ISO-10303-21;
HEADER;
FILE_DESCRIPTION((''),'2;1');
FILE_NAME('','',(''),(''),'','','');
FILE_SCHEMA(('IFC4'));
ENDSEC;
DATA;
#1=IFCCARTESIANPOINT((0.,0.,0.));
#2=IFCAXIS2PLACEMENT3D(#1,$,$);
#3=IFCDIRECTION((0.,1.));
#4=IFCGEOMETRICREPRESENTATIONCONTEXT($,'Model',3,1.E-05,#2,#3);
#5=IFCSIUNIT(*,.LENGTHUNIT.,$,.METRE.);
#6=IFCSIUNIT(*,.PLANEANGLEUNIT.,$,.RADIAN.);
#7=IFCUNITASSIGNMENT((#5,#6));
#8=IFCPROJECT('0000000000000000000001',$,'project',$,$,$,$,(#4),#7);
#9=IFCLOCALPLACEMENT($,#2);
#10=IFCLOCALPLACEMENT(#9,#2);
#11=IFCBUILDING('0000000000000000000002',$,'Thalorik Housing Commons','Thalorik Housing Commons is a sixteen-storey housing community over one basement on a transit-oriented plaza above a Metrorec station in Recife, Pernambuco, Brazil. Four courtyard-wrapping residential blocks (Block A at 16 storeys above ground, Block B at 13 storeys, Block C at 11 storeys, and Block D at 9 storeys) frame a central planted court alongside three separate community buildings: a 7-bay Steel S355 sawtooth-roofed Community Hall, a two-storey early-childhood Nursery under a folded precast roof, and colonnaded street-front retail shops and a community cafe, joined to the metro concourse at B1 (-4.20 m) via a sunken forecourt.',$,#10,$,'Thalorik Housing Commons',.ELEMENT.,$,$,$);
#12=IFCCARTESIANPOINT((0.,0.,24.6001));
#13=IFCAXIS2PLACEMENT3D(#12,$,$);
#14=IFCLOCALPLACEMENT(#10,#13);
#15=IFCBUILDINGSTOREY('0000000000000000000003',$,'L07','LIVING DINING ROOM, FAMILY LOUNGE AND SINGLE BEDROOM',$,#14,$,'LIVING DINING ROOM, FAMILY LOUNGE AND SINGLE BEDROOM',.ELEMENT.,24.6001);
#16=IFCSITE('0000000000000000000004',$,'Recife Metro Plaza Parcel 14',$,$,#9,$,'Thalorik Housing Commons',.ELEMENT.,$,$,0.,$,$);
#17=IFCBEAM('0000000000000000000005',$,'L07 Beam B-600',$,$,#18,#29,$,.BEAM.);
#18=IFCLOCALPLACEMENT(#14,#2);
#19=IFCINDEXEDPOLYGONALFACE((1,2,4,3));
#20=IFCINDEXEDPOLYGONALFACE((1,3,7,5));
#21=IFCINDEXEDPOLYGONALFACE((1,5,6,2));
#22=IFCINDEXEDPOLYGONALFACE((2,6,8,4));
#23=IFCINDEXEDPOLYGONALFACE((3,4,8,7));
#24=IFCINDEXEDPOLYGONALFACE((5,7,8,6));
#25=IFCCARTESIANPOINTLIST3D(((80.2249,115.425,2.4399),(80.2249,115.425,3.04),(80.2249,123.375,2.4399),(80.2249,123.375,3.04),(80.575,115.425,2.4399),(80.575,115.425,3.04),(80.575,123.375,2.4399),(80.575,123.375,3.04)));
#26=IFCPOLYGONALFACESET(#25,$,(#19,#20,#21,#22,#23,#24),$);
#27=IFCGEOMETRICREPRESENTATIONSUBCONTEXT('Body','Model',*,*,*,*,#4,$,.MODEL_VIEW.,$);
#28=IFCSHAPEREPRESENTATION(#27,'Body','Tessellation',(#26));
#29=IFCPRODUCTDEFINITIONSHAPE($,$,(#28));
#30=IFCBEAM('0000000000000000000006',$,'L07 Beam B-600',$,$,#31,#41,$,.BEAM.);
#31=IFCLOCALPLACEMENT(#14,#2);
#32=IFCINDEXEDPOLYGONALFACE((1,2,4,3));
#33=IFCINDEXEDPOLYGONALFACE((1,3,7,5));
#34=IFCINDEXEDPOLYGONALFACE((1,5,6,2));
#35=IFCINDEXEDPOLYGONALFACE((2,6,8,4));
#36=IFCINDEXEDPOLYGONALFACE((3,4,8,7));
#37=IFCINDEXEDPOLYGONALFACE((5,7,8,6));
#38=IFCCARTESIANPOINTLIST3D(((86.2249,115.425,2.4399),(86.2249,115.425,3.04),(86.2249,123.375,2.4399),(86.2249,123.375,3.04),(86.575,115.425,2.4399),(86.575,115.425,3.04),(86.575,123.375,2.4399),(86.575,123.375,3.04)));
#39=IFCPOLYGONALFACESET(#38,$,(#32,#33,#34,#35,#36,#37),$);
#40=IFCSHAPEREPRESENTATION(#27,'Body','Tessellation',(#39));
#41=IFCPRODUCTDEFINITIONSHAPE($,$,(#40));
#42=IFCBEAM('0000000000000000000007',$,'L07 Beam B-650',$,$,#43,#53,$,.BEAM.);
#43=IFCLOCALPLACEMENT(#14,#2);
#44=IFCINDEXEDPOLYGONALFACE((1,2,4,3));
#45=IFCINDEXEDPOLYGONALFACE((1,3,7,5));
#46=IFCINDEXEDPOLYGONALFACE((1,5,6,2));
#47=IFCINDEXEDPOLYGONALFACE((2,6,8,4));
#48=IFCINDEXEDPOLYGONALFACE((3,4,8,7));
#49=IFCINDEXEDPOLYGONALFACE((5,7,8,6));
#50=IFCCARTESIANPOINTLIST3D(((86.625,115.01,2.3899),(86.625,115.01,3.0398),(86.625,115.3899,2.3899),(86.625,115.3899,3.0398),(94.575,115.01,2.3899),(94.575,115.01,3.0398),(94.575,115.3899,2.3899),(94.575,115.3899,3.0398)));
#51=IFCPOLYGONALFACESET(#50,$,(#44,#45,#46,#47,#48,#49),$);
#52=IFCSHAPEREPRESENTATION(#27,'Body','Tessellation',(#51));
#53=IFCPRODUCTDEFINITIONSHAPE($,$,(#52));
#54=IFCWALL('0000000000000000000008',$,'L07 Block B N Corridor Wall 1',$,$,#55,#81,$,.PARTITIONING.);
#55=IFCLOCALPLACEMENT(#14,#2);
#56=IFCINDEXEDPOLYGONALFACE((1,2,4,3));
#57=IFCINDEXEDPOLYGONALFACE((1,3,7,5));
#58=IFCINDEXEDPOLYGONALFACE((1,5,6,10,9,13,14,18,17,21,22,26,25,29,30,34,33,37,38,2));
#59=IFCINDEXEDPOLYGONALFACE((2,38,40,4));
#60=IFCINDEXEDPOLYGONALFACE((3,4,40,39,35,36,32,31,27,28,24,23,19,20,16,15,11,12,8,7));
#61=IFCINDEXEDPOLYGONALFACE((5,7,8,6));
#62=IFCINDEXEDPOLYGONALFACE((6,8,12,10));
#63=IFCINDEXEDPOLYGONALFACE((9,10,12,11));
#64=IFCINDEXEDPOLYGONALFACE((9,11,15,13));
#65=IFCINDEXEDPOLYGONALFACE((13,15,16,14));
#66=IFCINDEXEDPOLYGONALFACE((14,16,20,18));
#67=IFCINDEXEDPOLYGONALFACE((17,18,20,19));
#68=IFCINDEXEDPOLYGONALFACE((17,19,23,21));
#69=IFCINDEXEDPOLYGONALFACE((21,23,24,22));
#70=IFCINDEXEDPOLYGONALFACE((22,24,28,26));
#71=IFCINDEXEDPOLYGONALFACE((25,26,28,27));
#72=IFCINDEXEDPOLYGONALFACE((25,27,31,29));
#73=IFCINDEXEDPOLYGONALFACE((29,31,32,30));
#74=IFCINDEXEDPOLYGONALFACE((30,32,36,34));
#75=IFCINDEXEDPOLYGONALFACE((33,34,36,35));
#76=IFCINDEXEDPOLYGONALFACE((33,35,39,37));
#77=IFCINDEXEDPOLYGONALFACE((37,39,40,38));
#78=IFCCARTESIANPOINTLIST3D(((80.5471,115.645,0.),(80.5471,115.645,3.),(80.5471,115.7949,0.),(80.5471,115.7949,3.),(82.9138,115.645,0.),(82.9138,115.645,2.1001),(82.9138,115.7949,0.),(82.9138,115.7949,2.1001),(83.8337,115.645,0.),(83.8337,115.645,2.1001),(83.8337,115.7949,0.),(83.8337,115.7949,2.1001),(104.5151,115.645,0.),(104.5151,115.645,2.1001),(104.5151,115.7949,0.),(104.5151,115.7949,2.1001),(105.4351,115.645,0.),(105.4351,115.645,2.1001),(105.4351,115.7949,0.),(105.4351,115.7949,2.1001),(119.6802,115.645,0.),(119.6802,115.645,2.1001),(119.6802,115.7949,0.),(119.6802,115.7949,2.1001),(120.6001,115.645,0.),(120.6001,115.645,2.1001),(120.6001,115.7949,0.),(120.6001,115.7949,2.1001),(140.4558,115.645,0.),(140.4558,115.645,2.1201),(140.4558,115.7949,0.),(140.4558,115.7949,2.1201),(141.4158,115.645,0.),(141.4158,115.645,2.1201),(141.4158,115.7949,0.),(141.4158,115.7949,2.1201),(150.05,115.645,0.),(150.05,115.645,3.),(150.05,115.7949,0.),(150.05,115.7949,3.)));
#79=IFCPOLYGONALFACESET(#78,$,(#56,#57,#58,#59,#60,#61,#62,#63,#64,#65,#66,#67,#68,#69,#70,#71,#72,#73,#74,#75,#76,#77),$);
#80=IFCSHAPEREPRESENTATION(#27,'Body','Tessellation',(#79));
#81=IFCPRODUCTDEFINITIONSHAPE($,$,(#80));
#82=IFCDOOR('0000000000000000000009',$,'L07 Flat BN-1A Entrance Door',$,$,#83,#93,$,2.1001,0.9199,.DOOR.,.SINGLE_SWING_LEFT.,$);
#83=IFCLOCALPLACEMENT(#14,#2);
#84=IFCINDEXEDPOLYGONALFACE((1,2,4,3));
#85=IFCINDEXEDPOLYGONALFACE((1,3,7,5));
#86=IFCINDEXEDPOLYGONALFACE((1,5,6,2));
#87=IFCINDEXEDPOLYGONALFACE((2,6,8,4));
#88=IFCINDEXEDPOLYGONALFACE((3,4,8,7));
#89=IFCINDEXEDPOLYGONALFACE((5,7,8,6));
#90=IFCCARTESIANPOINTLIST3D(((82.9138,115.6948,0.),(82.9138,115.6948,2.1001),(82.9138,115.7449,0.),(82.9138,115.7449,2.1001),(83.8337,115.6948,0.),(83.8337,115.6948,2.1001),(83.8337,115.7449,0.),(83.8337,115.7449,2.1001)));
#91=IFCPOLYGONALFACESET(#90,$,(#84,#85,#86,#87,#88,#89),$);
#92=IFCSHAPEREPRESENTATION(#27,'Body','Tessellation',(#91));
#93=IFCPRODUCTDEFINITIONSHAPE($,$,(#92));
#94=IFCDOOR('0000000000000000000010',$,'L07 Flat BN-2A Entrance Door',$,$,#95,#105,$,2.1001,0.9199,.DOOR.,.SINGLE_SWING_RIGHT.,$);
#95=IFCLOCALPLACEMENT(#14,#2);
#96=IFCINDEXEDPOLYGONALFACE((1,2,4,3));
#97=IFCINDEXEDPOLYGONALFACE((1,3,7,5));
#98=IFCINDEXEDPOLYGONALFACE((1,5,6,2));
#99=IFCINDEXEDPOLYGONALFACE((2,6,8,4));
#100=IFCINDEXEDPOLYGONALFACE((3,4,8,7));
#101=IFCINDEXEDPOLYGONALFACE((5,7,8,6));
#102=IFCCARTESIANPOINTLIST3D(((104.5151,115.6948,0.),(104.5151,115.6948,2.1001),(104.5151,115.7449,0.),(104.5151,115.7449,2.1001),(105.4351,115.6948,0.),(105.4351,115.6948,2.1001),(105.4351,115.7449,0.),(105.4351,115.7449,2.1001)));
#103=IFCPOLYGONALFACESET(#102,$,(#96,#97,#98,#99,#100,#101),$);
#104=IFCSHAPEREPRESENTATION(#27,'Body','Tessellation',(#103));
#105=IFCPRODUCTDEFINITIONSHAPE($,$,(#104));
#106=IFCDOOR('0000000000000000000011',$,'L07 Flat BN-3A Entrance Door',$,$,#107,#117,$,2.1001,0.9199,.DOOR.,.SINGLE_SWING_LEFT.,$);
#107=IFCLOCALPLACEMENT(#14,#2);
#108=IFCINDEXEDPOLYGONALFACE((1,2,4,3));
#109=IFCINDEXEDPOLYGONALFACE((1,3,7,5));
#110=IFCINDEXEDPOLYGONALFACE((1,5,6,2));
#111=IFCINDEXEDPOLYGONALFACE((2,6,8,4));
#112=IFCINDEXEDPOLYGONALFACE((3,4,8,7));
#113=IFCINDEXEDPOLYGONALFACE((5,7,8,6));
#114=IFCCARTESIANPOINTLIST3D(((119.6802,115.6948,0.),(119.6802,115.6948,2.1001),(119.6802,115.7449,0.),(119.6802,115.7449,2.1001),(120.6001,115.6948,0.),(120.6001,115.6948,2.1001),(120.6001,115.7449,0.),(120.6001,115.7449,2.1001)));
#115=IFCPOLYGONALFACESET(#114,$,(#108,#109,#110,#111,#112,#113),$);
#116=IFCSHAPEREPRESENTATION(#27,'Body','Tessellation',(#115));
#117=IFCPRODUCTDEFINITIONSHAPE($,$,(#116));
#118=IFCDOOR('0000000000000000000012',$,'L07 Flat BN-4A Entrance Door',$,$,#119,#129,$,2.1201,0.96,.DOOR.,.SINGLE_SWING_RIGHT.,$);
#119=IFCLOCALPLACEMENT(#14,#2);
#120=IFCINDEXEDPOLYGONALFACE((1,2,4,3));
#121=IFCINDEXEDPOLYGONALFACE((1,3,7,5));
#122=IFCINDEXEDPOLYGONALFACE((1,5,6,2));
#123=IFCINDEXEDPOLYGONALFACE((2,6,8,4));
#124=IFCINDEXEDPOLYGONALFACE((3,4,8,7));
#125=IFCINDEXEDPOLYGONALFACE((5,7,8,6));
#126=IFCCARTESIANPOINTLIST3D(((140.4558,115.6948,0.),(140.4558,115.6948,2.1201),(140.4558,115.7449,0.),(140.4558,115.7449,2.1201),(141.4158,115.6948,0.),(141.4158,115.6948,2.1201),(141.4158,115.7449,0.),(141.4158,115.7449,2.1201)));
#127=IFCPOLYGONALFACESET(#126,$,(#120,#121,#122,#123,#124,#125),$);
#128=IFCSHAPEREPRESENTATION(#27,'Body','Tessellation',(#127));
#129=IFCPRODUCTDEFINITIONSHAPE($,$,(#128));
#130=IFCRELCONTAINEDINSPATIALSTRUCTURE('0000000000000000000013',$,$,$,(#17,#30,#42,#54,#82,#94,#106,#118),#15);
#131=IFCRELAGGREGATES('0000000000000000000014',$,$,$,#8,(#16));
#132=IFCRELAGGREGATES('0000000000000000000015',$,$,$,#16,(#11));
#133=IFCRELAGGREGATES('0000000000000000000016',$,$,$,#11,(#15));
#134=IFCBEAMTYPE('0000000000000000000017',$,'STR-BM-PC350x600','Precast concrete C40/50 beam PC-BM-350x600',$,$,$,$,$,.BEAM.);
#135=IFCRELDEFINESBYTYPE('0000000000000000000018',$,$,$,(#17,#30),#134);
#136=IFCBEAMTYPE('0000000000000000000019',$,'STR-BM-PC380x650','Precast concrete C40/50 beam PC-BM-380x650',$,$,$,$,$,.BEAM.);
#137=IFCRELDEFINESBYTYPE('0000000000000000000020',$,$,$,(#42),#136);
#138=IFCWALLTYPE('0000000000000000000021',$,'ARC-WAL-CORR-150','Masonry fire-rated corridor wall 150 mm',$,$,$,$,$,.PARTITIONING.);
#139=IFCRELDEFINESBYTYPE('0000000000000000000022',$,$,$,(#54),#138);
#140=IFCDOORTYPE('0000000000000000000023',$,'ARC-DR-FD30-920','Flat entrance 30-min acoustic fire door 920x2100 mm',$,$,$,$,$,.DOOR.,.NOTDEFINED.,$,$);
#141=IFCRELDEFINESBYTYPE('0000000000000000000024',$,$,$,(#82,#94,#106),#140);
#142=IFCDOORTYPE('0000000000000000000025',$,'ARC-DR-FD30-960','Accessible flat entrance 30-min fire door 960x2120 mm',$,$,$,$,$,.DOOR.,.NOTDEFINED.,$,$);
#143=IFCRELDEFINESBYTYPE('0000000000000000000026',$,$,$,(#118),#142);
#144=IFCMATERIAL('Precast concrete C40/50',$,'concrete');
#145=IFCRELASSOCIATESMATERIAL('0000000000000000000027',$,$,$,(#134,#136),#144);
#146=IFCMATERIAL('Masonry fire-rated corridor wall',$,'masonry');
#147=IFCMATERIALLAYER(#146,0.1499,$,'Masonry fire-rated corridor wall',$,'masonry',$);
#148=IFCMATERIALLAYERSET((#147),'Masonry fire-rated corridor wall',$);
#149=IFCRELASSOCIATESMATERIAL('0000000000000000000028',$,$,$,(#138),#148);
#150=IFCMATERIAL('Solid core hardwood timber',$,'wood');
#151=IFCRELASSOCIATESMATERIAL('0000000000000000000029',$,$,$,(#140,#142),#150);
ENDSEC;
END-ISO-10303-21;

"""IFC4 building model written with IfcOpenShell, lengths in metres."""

from ifc_helpers import new_model, si_unit, direction, frame, frame_2d, origin, origin_2d, place, context, subcontext, project, spatial, rectangle, extrude, material, layer, layer_set, material_profile, profile_set, type_object, element, fill, save


model = new_model("IFC4")

# Units and contexts
model_context = context("Model", 3, precision=1e-05, world=origin(), true_north=direction((0.0, 1.0)))
body_context = subcontext(model_context, "Body", "Model", "MODEL_VIEW")
ifc_project = project(units=[si_unit("LENGTHUNIT", "METRE"), si_unit("PLANEANGLEUNIT", "RADIAN")], contexts=[model_context])

# Site, building, storey
site_placement = place(None, origin())
site = spatial("IfcSite", under=ifc_project, at=site_placement, Name="Recife Metro Plaza Parcel 14", LongName="Thalorik Housing Commons", CompositionType="ELEMENT", RefElevation=0.0)
building_placement = place(site_placement, origin())
building = spatial("IfcBuilding", under=site, at=building_placement, Name="Thalorik Housing Commons", Description="Thalorik Housing Commons is a sixteen-storey housing community over one basement on a transit-oriented plaza above a Metrorec station in Recife, Pernambuco, Brazil. Four courtyard-wrapping residential blocks (Block A at 16 storeys above ground, Block B at 13 storeys, Block C at 11 storeys, and Block D at 9 storeys) frame a central planted court alongside three separate community buildings: a 7-bay Steel S355 sawtooth-roofed Community Hall, a two-storey early-childhood Nursery under a folded precast roof, and colonnaded street-front retail shops and a community cafe, joined to the metro concourse at B1 (-4.20 m) via a sunken forecourt.", LongName="Thalorik Housing Commons", CompositionType="ELEMENT")
storey_placement = place(building_placement, frame((0.0, 0.0, 24.6001)))
storey = spatial("IfcBuildingStorey", under=building, at=storey_placement, Name="L07", Description="LIVING DINING ROOM, FAMILY LOUNGE AND SINGLE BEDROOM", LongName="LIVING DINING ROOM, FAMILY LOUNGE AND SINGLE BEDROOM", CompositionType="ELEMENT", Elevation=24.6001)

# Beams
ifc_material_1 = material(Name="Precast concrete C40/50", Category="concrete")
ifc_material_profile_1 = material_profile(ifc_material_1, rectangle(XDim=0.3501, YDim=0.6001, at=origin_2d()), Name="PC 350x600", Category="concrete")
ifc_profile_set_1 = profile_set([ifc_material_profile_1], Name="Precast concrete C40/50")
beam_type_1 = type_object("IfcBeamType", Name="STR-BM-PC350x600", Description="Precast concrete C40/50 beam PC-BM-350x600", PredefinedType="BEAM", material=ifc_profile_set_1)
for number, where, z_axis, x_axis, name in (
    (1, (80.3999, 115.425, 2.74), (0.0, 1.0, 0.0), (-1.0, 0.0, 0.0), "L07 Beam B-600"),
    (2, (86.3999, 115.425, 2.74), (0.0, 1.0, 0.0), (-1.0, 0.0, 0.0), "L07 Beam B-600"),
):
    element("IfcBeam", number, at=place(storey_placement, frame(where, z_axis=z_axis, x_axis=x_axis)), inside=storey, type_object=beam_type_1, Name=name, PredefinedType="BEAM", context=body_context, shape_type="SweptSolid", body=[
        extrude(rectangle(XDim=0.3501, YDim=0.6001, at=origin_2d()), origin(), (0.0, 0.0, 1.0), 7.95),
    ])
ifc_material_profile_2 = material_profile(ifc_material_1, rectangle(XDim=0.3799, YDim=0.6499, at=origin_2d()), Name="PC 380x650", Category="concrete")
ifc_profile_set_2 = profile_set([ifc_material_profile_2], Name="Precast concrete C40/50")
beam_type_2 = type_object("IfcBeamType", Name="STR-BM-PC380x650", Description="Precast concrete C40/50 beam PC-BM-380x650", PredefinedType="BEAM", material=ifc_profile_set_2)
beam_placement = place(storey_placement, frame((86.625, 115.2, 2.7148), z_axis=(1.0, 0.0, 0.0), x_axis=(0.0, 1.0, 0.0)))
element("IfcBeam", 3, at=beam_placement, inside=storey, type_object=beam_type_2, Name="L07 Beam B-650", PredefinedType="BEAM", context=body_context, shape_type="SweptSolid", body=[
    extrude(rectangle(XDim=0.3799, YDim=0.6499, at=origin_2d()), origin(), (0.0, 0.0, 1.0), 7.95),
])

# Wall, openings, doors
ifc_material_2 = material(Name="Masonry fire-rated corridor wall", Category="masonry")
ifc_layer_1 = layer(ifc_material_2, 0.1499, Name="Masonry fire-rated corridor wall", Category="masonry")
ifc_layer_set_1 = layer_set([ifc_layer_1], Name="Masonry fire-rated corridor wall")
wall_type_1 = type_object("IfcWallType", Name="ARC-WAL-CORR-150", Description="Masonry fire-rated corridor wall 150 mm", PredefinedType="PARTITIONING", material=ifc_layer_set_1)
wall_1_placement = place(storey_placement, frame((80.5471, 115.72, 0.0), z_axis=(0.0, 0.0, 1.0), x_axis=(1.0, 0.0, 0.0)))
wall_1 = element("IfcWall", 4, at=wall_1_placement, inside=storey, type_object=wall_type_1, Name="L07 Block B N Corridor Wall 1", PredefinedType="PARTITIONING", context=body_context, shape_type="SweptSolid", body=[
    extrude(rectangle(XDim=69.5029, YDim=0.1499, at=frame_2d((34.7515, 0.0))), origin(), (0.0, 0.0, 1.0), 3.0),
])
opening_1_placement = place(wall_1_placement, frame((2.3667, 0.0, 0.0)))
opening_1 = element("IfcOpeningElement", 5, at=opening_1_placement, cuts=wall_1, PredefinedType="OPENING", context=body_context, shape_type="SweptSolid", body=[
    extrude(rectangle(XDim=0.9199, YDim=2.1001, at=frame_2d((0.46, 1.05))), frame((0.0, 0.085, 0.0), z_axis=(0.0, -1.0, 0.0), x_axis=(1.0, 0.0, 0.0)), (0.0, 0.0, 1.0), 0.1699),
])
opening_2_placement = place(wall_1_placement, frame((23.968, 0.0, 0.0)))
opening_2 = element("IfcOpeningElement", 6, at=opening_2_placement, cuts=wall_1, PredefinedType="OPENING", context=body_context, shape_type="SweptSolid", body=[
    extrude(rectangle(XDim=0.9199, YDim=2.1001, at=frame_2d((0.46, 1.05))), frame((0.0, 0.085, 0.0), z_axis=(0.0, -1.0, 0.0), x_axis=(1.0, 0.0, 0.0)), (0.0, 0.0, 1.0), 0.1699),
])
opening_3_placement = place(wall_1_placement, frame((39.1331, 0.0, 0.0)))
opening_3 = element("IfcOpeningElement", 7, at=opening_3_placement, cuts=wall_1, PredefinedType="OPENING", context=body_context, shape_type="SweptSolid", body=[
    extrude(rectangle(XDim=0.9199, YDim=2.1001, at=frame_2d((0.46, 1.05))), frame((0.0, 0.085, 0.0), z_axis=(0.0, -1.0, 0.0), x_axis=(1.0, 0.0, 0.0)), (0.0, 0.0, 1.0), 0.1699),
])
opening_4_placement = place(wall_1_placement, frame((59.9087, 0.0, 0.0)))
opening_4 = element("IfcOpeningElement", 8, at=opening_4_placement, cuts=wall_1, PredefinedType="OPENING", context=body_context, shape_type="SweptSolid", body=[
    extrude(rectangle(XDim=0.96, YDim=2.1201, at=frame_2d((0.48, 1.0601))), frame((0.0, 0.085, 0.0), z_axis=(0.0, -1.0, 0.0), x_axis=(1.0, 0.0, 0.0)), (0.0, 0.0, 1.0), 0.1699),
])
ifc_material_3 = material(Name="Solid core hardwood timber", Category="wood")
door_type_1 = type_object("IfcDoorType", Name="ARC-DR-FD30-920", Description="Flat entrance 30-min acoustic fire door 920x2100 mm", OperationType="NOTDEFINED", PredefinedType="DOOR", material=ifc_material_3)
door_1_placement = place(opening_1_placement, origin())
door_1 = element("IfcDoor", 9, at=door_1_placement, inside=storey, type_object=door_type_1, Name="L07 Flat BN-1A Entrance Door", OperationType="SINGLE_SWING_LEFT", OverallHeight=2.1001, OverallWidth=0.9199, PredefinedType="DOOR", context=body_context, shape_type="SweptSolid", body=[
    extrude(rectangle(XDim=0.9199, YDim=2.1001, at=frame_2d((0.46, 1.05))), frame((0.0, 0.0249, 0.0), z_axis=(0.0, -1.0, 0.0), x_axis=(1.0, 0.0, 0.0)), (0.0, 0.0, 1.0), 0.05),
])
fill(opening_1, door_1)
door_2_placement = place(opening_2_placement, origin())
door_2 = element("IfcDoor", 10, at=door_2_placement, inside=storey, type_object=door_type_1, Name="L07 Flat BN-2A Entrance Door", OperationType="SINGLE_SWING_RIGHT", OverallHeight=2.1001, OverallWidth=0.9199, PredefinedType="DOOR", context=body_context, shape_type="SweptSolid", body=[
    extrude(rectangle(XDim=0.9199, YDim=2.1001, at=frame_2d((0.46, 1.05))), frame((0.0, 0.0249, 0.0), z_axis=(0.0, -1.0, 0.0), x_axis=(1.0, 0.0, 0.0)), (0.0, 0.0, 1.0), 0.05),
])
fill(opening_2, door_2)
door_3_placement = place(opening_3_placement, origin())
door_3 = element("IfcDoor", 11, at=door_3_placement, inside=storey, type_object=door_type_1, Name="L07 Flat BN-3A Entrance Door", OperationType="SINGLE_SWING_LEFT", OverallHeight=2.1001, OverallWidth=0.9199, PredefinedType="DOOR", context=body_context, shape_type="SweptSolid", body=[
    extrude(rectangle(XDim=0.9199, YDim=2.1001, at=frame_2d((0.46, 1.05))), frame((0.0, 0.0249, 0.0), z_axis=(0.0, -1.0, 0.0), x_axis=(1.0, 0.0, 0.0)), (0.0, 0.0, 1.0), 0.05),
])
fill(opening_3, door_3)
door_type_2 = type_object("IfcDoorType", Name="ARC-DR-FD30-960", Description="Accessible flat entrance 30-min fire door 960x2120 mm", OperationType="NOTDEFINED", PredefinedType="DOOR", material=ifc_material_3)
door_4_placement = place(opening_4_placement, origin())
door_4 = element("IfcDoor", 12, at=door_4_placement, inside=storey, type_object=door_type_2, Name="L07 Flat BN-4A Entrance Door", OperationType="SINGLE_SWING_RIGHT", OverallHeight=2.1201, OverallWidth=0.96, PredefinedType="DOOR", context=body_context, shape_type="SweptSolid", body=[
    extrude(rectangle(XDim=0.96, YDim=2.1201, at=frame_2d((0.48, 1.0601))), frame((0.0, 0.0249, 0.0), z_axis=(0.0, -1.0, 0.0), x_axis=(1.0, 0.0, 0.0)), (0.0, 0.0, 1.0), 0.05),
])
fill(opening_4, door_4)

save(model, "model.ifc")
